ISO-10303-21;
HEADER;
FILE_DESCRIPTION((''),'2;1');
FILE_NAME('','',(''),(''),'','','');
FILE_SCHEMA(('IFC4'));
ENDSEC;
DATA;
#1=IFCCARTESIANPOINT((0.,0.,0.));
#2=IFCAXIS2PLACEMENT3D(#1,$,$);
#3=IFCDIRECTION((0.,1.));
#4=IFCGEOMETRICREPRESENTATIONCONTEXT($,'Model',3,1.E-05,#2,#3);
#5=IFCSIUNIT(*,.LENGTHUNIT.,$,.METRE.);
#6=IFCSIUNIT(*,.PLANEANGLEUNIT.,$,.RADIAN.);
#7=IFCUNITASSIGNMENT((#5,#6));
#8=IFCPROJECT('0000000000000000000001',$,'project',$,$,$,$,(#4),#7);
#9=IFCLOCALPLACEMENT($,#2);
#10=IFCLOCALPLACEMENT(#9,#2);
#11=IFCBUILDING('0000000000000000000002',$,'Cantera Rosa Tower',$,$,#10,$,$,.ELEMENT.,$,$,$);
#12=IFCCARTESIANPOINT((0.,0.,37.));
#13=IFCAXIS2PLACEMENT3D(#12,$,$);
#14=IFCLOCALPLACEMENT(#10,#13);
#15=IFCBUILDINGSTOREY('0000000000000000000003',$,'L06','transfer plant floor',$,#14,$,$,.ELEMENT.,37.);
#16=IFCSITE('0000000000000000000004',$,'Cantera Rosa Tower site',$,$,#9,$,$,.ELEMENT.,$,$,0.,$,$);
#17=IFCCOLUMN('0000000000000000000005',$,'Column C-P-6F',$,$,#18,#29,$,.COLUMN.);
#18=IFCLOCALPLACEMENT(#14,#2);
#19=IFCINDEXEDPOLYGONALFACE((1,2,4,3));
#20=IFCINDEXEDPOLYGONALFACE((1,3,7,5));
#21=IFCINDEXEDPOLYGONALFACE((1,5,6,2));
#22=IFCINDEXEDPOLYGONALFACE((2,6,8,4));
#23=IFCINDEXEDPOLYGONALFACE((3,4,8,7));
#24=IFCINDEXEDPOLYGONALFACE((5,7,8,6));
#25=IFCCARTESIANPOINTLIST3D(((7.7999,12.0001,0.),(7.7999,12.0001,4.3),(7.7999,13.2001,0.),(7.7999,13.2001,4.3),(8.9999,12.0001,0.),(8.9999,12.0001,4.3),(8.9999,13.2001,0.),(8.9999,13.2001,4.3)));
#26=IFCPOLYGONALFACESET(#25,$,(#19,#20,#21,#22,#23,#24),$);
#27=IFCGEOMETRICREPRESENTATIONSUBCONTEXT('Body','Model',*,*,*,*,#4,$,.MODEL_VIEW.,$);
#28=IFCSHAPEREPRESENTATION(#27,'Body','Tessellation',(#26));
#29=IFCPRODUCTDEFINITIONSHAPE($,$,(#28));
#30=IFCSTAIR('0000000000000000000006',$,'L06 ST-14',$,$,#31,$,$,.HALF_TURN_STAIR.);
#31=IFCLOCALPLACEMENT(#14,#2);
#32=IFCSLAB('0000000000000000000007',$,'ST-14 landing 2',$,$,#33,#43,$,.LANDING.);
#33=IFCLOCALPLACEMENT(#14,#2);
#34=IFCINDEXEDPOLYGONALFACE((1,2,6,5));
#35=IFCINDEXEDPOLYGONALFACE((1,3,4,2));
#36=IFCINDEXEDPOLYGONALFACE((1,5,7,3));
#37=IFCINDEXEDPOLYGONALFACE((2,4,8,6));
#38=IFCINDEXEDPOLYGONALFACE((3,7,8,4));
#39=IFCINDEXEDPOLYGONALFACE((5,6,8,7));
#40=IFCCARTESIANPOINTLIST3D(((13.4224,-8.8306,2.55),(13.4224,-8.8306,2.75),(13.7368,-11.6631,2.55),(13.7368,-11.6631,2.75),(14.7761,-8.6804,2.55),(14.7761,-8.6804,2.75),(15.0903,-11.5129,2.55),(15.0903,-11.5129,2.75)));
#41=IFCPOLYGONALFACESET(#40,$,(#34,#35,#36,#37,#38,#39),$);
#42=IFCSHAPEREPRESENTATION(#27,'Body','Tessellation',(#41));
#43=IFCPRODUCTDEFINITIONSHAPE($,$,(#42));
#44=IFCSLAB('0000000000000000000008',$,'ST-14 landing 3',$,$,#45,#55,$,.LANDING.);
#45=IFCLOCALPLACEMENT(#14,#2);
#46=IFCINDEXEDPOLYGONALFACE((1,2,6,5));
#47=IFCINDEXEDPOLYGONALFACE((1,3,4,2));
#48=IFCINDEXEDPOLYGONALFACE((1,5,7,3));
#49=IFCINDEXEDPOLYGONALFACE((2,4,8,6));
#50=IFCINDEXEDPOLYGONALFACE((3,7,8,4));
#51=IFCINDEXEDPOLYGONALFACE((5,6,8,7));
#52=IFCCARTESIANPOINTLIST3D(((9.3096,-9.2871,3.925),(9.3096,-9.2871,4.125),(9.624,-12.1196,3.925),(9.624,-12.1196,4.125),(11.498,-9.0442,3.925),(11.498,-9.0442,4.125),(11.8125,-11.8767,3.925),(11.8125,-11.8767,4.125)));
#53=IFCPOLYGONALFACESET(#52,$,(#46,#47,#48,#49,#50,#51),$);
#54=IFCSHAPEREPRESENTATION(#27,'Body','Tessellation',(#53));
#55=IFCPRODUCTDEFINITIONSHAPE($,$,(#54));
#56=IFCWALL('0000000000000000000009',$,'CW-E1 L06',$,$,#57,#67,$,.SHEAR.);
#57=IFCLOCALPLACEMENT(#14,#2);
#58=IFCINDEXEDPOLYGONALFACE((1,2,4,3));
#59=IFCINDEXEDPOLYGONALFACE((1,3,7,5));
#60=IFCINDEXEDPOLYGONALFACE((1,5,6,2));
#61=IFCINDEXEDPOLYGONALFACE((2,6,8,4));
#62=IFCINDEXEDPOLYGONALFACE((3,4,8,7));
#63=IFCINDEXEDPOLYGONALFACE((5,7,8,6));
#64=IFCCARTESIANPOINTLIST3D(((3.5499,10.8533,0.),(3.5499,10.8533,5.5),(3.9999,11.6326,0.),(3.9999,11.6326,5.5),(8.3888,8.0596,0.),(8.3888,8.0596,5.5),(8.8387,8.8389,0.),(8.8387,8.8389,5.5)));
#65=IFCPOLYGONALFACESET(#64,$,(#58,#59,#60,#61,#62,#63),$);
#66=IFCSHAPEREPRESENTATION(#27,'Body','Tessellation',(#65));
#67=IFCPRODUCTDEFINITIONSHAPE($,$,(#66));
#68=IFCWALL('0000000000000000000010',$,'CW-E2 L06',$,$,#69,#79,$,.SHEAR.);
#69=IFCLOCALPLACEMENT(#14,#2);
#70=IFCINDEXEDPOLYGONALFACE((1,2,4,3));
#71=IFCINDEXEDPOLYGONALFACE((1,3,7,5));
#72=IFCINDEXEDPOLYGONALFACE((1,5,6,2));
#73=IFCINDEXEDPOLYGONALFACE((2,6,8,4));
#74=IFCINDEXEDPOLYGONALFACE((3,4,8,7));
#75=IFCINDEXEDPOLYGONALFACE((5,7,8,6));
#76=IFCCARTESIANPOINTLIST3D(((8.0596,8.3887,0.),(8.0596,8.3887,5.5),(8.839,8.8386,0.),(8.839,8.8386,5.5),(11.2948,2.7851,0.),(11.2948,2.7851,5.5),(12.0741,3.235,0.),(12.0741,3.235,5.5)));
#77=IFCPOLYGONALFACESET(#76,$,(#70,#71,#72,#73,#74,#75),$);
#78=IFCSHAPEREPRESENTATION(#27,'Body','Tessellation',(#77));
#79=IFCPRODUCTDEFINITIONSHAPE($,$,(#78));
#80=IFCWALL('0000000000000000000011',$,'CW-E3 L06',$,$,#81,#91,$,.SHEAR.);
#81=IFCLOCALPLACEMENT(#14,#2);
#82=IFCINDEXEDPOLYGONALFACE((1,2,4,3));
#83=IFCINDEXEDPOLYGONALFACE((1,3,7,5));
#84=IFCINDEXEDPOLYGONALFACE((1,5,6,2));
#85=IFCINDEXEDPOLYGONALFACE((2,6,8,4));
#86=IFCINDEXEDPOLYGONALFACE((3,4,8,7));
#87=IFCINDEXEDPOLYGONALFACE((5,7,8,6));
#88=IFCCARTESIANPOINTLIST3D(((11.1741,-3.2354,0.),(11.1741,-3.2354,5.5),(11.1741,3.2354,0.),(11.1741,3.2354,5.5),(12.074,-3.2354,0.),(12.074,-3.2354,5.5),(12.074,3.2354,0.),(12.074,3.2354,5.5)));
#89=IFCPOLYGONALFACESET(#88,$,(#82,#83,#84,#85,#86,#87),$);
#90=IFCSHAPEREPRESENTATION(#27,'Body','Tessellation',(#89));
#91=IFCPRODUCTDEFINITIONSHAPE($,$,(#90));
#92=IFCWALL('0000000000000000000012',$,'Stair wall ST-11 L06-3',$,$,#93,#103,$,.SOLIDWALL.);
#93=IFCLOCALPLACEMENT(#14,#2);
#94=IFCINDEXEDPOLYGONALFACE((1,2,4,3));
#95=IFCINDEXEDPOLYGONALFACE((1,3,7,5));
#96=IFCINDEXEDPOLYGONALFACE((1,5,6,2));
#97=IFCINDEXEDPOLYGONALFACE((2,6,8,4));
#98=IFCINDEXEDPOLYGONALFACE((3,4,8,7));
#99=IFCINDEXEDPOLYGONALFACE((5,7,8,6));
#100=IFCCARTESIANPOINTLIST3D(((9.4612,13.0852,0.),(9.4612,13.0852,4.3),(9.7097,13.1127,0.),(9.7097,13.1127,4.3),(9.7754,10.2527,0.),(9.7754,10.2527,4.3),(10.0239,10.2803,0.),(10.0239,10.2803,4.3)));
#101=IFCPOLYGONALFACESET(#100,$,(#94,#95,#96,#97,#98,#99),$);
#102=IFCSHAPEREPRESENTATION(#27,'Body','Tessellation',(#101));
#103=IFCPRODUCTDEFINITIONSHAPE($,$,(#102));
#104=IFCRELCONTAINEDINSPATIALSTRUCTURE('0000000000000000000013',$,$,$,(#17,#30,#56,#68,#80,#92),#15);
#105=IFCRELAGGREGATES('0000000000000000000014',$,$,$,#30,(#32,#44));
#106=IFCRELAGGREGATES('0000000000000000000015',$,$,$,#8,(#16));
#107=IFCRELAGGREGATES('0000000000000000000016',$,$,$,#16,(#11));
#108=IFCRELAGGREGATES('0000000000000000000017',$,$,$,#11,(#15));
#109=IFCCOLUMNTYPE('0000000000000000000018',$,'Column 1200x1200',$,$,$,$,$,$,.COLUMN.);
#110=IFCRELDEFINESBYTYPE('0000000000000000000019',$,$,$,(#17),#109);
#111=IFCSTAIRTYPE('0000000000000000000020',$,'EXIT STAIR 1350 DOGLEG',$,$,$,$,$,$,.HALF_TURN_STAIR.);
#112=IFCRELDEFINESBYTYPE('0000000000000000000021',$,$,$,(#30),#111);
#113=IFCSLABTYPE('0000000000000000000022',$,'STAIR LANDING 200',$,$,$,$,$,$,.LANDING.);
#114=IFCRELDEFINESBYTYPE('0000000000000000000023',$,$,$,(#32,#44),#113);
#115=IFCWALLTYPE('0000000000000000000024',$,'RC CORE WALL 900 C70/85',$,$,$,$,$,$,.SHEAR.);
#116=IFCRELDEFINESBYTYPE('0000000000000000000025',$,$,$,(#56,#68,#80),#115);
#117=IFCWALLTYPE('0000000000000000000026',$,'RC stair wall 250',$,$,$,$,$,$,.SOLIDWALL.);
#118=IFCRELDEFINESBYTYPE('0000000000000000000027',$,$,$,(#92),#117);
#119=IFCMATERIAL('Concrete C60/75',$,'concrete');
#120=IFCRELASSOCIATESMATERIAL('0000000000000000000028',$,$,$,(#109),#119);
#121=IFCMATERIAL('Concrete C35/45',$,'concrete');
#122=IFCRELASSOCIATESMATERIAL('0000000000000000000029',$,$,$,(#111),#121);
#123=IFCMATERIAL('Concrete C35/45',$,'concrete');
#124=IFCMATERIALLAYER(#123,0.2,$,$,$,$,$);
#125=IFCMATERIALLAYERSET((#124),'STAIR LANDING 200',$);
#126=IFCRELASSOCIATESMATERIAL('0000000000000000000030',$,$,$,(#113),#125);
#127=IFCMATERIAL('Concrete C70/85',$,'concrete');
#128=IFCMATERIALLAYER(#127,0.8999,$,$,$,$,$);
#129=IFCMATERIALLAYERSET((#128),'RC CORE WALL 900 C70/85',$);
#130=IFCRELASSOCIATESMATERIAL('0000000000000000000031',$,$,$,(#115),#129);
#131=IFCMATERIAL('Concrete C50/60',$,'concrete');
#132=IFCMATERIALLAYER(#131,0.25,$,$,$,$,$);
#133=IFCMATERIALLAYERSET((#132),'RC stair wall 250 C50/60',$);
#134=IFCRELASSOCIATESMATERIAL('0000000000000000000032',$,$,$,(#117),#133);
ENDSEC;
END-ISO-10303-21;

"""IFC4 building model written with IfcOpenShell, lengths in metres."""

from ifc_helpers import new_model, si_unit, direction, frame, frame_2d, origin, origin_2d, place, context, subcontext, project, spatial, polyline, rectangle, outline, extrude, material, layer, layer_set, material_profile, profile_set, type_object, element, aggregate, save


model = new_model("IFC4")

# Units and contexts
model_context = context("Model", 3, precision=1e-05, world=origin(), true_north=direction((0.0, 1.0)))
body_context = subcontext(model_context, "Body", "Model", "MODEL_VIEW")
ifc_project = project(units=[si_unit("LENGTHUNIT", "METRE"), si_unit("PLANEANGLEUNIT", "RADIAN")], contexts=[model_context])

# Site, building, storey
site_placement = place(None, origin())
site = spatial("IfcSite", under=ifc_project, at=site_placement, Name="Cantera Rosa Tower site", CompositionType="ELEMENT", RefElevation=0.0)
building_placement = place(site_placement, origin())
building = spatial("IfcBuilding", under=site, at=building_placement, Name="Cantera Rosa Tower", CompositionType="ELEMENT")
storey_placement = place(building_placement, frame((0.0, 0.0, 37.0)))
storey = spatial("IfcBuildingStorey", under=building, at=storey_placement, Name="L06", Description="transfer plant floor", CompositionType="ELEMENT", Elevation=37.0)

# Column
ifc_material_1 = material(Name="Concrete C60/75", Category="concrete")
ifc_material_profile = material_profile(ifc_material_1, rectangle(XDim=1.2, YDim=1.2, at=origin_2d()), Name="Column 1200x1200")
ifc_profile_set = profile_set([ifc_material_profile], Name="Concrete C60/75")
column_type = type_object("IfcColumnType", Name="Column 1200x1200", PredefinedType="COLUMN", material=ifc_profile_set)
column_placement = place(storey_placement, frame((8.3999, 12.6001, 0.0), z_axis=(0.0, 0.0, 1.0), x_axis=(1.0, 0.0, 0.0)))
element("IfcColumn", 1, at=column_placement, inside=storey, type_object=column_type, Name="Column C-P-6F", PredefinedType="COLUMN", context=body_context, shape_type="SweptSolid", body=[
    extrude(rectangle(XDim=1.2, YDim=1.2, at=origin_2d()), origin(), (0.0, 0.0, 1.0), 4.3),
])

# Stair, slabs
ifc_material_2 = material(Name="Concrete C35/45", Category="concrete")
stair_type = type_object("IfcStairType", Name="EXIT STAIR 1350 DOGLEG", PredefinedType="HALF_TURN_STAIR", material=ifc_material_2)
stair_1_placement = place(storey_placement, origin())
stair_1 = element("IfcStair", 2, at=stair_1_placement, inside=storey, type_object=stair_type, Name="L06 ST-14", PredefinedType="HALF_TURN_STAIR")
ifc_material_3 = material(Name="Concrete C35/45", Category="concrete")
ifc_layer_1 = layer(ifc_material_3, 0.2)
ifc_layer_set_1 = layer_set([ifc_layer_1], Name="STAIR LANDING 200")
slab_type = type_object("IfcSlabType", Name="STAIR LANDING 200", PredefinedType="LANDING", material=ifc_layer_set_1)
slab_1_placement = place(storey_placement, frame((0.0, 0.0, 2.55)))
slab_1 = element("IfcSlab", 3, at=slab_1_placement, type_object=slab_type, Name="ST-14 landing 2", PredefinedType="LANDING", context=body_context, shape_type="SweptSolid", body=[
    extrude(outline(polyline([(14.7761, -8.6804), (13.4224, -8.8306), (13.7368, -11.6631), (15.0903, -11.5129), (14.7761, -8.6804)])), origin(), (0.0, 0.0, 1.0), 0.2),
])
slab_2_placement = place(storey_placement, frame((0.0, 0.0, 3.925)))
slab_2 = element("IfcSlab", 4, at=slab_2_placement, type_object=slab_type, Name="ST-14 landing 3", PredefinedType="LANDING", context=body_context, shape_type="SweptSolid", body=[
    extrude(outline(polyline([(11.498, -9.0442), (9.3096, -9.2871), (9.624, -12.1196), (11.8125, -11.8767), (11.498, -9.0442)])), origin(), (0.0, 0.0, 1.0), 0.2),
])
aggregate(stair_1, [slab_1, slab_2])

# Walls
ifc_material_4 = material(Name="Concrete C70/85", Category="concrete")
ifc_layer_2 = layer(ifc_material_4, 0.8999)
ifc_layer_set_2 = layer_set([ifc_layer_2], Name="RC CORE WALL 900 C70/85")
wall_type_1 = type_object("IfcWallType", Name="RC CORE WALL 900 C70/85", PredefinedType="SHEAR", material=ifc_layer_set_2)
wall_1_placement = place(storey_placement, frame((3.7749, 11.2429, 0.0), z_axis=(0.0, 0.0, 1.0), x_axis=(0.866027, -0.499997, 0.0)))
element("IfcWall", 5, at=wall_1_placement, inside=storey, type_object=wall_type_1, Name="CW-E1 L06", PredefinedType="SHEAR", context=body_context, shape_type="SweptSolid", body=[
    extrude(rectangle(XDim=5.5874, YDim=0.8999, at=frame_2d((2.7937, 0.0))), origin(), (0.0, 0.0, 1.0), 5.5),
])
wall_2_placement = place(storey_placement, frame((8.4492, 8.6138, 0.0), z_axis=(0.0, 0.0, 1.0), x_axis=(0.49999, -0.866031, 0.0)))
element("IfcWall", 6, at=wall_2_placement, inside=storey, type_object=wall_type_1, Name="CW-E2 L06", PredefinedType="SHEAR", context=body_context, shape_type="SweptSolid", body=[
    extrude(rectangle(XDim=6.4705, YDim=0.8999, at=frame_2d((3.2354, 0.0))), origin(), (0.0, 0.0, 1.0), 5.5),
])
wall_3_placement = place(storey_placement, frame((11.624, 3.2354, 0.0), z_axis=(0.0, 0.0, 1.0), x_axis=(0.0, -1.0, 0.0)))
element("IfcWall", 7, at=wall_3_placement, inside=storey, type_object=wall_type_1, Name="CW-E3 L06", PredefinedType="SHEAR", context=body_context, shape_type="SweptSolid", body=[
    extrude(rectangle(XDim=6.4707, YDim=0.8999, at=frame_2d((3.2354, 0.0))), origin(), (0.0, 0.0, 1.0), 5.5),
])
ifc_material_5 = material(Name="Concrete C50/60", Category="concrete")
ifc_layer_3 = layer(ifc_material_5, 0.25)
ifc_layer_set_3 = layer_set([ifc_layer_3], Name="RC stair wall 250 C50/60")
wall_type_2 = type_object("IfcWallType", Name="RC stair wall 250", PredefinedType="SOLIDWALL", material=ifc_layer_set_3)
wall_4_placement = place(storey_placement, frame((9.8997, 10.2666, 0.0), z_axis=(0.0, 0.0, 1.0), x_axis=(-0.110253, 0.993904, 0.0)))
element("IfcWall", 8, at=wall_4_placement, inside=storey, type_object=wall_type_2, Name="Stair wall ST-11 L06-3", PredefinedType="SOLIDWALL", context=body_context, shape_type="SweptSolid", body=[
    extrude(rectangle(XDim=2.8499, YDim=0.25, at=frame_2d((1.4248, 0.0))), origin(), (0.0, 0.0, 1.0), 4.3),
])

save(model, "model.ifc")
